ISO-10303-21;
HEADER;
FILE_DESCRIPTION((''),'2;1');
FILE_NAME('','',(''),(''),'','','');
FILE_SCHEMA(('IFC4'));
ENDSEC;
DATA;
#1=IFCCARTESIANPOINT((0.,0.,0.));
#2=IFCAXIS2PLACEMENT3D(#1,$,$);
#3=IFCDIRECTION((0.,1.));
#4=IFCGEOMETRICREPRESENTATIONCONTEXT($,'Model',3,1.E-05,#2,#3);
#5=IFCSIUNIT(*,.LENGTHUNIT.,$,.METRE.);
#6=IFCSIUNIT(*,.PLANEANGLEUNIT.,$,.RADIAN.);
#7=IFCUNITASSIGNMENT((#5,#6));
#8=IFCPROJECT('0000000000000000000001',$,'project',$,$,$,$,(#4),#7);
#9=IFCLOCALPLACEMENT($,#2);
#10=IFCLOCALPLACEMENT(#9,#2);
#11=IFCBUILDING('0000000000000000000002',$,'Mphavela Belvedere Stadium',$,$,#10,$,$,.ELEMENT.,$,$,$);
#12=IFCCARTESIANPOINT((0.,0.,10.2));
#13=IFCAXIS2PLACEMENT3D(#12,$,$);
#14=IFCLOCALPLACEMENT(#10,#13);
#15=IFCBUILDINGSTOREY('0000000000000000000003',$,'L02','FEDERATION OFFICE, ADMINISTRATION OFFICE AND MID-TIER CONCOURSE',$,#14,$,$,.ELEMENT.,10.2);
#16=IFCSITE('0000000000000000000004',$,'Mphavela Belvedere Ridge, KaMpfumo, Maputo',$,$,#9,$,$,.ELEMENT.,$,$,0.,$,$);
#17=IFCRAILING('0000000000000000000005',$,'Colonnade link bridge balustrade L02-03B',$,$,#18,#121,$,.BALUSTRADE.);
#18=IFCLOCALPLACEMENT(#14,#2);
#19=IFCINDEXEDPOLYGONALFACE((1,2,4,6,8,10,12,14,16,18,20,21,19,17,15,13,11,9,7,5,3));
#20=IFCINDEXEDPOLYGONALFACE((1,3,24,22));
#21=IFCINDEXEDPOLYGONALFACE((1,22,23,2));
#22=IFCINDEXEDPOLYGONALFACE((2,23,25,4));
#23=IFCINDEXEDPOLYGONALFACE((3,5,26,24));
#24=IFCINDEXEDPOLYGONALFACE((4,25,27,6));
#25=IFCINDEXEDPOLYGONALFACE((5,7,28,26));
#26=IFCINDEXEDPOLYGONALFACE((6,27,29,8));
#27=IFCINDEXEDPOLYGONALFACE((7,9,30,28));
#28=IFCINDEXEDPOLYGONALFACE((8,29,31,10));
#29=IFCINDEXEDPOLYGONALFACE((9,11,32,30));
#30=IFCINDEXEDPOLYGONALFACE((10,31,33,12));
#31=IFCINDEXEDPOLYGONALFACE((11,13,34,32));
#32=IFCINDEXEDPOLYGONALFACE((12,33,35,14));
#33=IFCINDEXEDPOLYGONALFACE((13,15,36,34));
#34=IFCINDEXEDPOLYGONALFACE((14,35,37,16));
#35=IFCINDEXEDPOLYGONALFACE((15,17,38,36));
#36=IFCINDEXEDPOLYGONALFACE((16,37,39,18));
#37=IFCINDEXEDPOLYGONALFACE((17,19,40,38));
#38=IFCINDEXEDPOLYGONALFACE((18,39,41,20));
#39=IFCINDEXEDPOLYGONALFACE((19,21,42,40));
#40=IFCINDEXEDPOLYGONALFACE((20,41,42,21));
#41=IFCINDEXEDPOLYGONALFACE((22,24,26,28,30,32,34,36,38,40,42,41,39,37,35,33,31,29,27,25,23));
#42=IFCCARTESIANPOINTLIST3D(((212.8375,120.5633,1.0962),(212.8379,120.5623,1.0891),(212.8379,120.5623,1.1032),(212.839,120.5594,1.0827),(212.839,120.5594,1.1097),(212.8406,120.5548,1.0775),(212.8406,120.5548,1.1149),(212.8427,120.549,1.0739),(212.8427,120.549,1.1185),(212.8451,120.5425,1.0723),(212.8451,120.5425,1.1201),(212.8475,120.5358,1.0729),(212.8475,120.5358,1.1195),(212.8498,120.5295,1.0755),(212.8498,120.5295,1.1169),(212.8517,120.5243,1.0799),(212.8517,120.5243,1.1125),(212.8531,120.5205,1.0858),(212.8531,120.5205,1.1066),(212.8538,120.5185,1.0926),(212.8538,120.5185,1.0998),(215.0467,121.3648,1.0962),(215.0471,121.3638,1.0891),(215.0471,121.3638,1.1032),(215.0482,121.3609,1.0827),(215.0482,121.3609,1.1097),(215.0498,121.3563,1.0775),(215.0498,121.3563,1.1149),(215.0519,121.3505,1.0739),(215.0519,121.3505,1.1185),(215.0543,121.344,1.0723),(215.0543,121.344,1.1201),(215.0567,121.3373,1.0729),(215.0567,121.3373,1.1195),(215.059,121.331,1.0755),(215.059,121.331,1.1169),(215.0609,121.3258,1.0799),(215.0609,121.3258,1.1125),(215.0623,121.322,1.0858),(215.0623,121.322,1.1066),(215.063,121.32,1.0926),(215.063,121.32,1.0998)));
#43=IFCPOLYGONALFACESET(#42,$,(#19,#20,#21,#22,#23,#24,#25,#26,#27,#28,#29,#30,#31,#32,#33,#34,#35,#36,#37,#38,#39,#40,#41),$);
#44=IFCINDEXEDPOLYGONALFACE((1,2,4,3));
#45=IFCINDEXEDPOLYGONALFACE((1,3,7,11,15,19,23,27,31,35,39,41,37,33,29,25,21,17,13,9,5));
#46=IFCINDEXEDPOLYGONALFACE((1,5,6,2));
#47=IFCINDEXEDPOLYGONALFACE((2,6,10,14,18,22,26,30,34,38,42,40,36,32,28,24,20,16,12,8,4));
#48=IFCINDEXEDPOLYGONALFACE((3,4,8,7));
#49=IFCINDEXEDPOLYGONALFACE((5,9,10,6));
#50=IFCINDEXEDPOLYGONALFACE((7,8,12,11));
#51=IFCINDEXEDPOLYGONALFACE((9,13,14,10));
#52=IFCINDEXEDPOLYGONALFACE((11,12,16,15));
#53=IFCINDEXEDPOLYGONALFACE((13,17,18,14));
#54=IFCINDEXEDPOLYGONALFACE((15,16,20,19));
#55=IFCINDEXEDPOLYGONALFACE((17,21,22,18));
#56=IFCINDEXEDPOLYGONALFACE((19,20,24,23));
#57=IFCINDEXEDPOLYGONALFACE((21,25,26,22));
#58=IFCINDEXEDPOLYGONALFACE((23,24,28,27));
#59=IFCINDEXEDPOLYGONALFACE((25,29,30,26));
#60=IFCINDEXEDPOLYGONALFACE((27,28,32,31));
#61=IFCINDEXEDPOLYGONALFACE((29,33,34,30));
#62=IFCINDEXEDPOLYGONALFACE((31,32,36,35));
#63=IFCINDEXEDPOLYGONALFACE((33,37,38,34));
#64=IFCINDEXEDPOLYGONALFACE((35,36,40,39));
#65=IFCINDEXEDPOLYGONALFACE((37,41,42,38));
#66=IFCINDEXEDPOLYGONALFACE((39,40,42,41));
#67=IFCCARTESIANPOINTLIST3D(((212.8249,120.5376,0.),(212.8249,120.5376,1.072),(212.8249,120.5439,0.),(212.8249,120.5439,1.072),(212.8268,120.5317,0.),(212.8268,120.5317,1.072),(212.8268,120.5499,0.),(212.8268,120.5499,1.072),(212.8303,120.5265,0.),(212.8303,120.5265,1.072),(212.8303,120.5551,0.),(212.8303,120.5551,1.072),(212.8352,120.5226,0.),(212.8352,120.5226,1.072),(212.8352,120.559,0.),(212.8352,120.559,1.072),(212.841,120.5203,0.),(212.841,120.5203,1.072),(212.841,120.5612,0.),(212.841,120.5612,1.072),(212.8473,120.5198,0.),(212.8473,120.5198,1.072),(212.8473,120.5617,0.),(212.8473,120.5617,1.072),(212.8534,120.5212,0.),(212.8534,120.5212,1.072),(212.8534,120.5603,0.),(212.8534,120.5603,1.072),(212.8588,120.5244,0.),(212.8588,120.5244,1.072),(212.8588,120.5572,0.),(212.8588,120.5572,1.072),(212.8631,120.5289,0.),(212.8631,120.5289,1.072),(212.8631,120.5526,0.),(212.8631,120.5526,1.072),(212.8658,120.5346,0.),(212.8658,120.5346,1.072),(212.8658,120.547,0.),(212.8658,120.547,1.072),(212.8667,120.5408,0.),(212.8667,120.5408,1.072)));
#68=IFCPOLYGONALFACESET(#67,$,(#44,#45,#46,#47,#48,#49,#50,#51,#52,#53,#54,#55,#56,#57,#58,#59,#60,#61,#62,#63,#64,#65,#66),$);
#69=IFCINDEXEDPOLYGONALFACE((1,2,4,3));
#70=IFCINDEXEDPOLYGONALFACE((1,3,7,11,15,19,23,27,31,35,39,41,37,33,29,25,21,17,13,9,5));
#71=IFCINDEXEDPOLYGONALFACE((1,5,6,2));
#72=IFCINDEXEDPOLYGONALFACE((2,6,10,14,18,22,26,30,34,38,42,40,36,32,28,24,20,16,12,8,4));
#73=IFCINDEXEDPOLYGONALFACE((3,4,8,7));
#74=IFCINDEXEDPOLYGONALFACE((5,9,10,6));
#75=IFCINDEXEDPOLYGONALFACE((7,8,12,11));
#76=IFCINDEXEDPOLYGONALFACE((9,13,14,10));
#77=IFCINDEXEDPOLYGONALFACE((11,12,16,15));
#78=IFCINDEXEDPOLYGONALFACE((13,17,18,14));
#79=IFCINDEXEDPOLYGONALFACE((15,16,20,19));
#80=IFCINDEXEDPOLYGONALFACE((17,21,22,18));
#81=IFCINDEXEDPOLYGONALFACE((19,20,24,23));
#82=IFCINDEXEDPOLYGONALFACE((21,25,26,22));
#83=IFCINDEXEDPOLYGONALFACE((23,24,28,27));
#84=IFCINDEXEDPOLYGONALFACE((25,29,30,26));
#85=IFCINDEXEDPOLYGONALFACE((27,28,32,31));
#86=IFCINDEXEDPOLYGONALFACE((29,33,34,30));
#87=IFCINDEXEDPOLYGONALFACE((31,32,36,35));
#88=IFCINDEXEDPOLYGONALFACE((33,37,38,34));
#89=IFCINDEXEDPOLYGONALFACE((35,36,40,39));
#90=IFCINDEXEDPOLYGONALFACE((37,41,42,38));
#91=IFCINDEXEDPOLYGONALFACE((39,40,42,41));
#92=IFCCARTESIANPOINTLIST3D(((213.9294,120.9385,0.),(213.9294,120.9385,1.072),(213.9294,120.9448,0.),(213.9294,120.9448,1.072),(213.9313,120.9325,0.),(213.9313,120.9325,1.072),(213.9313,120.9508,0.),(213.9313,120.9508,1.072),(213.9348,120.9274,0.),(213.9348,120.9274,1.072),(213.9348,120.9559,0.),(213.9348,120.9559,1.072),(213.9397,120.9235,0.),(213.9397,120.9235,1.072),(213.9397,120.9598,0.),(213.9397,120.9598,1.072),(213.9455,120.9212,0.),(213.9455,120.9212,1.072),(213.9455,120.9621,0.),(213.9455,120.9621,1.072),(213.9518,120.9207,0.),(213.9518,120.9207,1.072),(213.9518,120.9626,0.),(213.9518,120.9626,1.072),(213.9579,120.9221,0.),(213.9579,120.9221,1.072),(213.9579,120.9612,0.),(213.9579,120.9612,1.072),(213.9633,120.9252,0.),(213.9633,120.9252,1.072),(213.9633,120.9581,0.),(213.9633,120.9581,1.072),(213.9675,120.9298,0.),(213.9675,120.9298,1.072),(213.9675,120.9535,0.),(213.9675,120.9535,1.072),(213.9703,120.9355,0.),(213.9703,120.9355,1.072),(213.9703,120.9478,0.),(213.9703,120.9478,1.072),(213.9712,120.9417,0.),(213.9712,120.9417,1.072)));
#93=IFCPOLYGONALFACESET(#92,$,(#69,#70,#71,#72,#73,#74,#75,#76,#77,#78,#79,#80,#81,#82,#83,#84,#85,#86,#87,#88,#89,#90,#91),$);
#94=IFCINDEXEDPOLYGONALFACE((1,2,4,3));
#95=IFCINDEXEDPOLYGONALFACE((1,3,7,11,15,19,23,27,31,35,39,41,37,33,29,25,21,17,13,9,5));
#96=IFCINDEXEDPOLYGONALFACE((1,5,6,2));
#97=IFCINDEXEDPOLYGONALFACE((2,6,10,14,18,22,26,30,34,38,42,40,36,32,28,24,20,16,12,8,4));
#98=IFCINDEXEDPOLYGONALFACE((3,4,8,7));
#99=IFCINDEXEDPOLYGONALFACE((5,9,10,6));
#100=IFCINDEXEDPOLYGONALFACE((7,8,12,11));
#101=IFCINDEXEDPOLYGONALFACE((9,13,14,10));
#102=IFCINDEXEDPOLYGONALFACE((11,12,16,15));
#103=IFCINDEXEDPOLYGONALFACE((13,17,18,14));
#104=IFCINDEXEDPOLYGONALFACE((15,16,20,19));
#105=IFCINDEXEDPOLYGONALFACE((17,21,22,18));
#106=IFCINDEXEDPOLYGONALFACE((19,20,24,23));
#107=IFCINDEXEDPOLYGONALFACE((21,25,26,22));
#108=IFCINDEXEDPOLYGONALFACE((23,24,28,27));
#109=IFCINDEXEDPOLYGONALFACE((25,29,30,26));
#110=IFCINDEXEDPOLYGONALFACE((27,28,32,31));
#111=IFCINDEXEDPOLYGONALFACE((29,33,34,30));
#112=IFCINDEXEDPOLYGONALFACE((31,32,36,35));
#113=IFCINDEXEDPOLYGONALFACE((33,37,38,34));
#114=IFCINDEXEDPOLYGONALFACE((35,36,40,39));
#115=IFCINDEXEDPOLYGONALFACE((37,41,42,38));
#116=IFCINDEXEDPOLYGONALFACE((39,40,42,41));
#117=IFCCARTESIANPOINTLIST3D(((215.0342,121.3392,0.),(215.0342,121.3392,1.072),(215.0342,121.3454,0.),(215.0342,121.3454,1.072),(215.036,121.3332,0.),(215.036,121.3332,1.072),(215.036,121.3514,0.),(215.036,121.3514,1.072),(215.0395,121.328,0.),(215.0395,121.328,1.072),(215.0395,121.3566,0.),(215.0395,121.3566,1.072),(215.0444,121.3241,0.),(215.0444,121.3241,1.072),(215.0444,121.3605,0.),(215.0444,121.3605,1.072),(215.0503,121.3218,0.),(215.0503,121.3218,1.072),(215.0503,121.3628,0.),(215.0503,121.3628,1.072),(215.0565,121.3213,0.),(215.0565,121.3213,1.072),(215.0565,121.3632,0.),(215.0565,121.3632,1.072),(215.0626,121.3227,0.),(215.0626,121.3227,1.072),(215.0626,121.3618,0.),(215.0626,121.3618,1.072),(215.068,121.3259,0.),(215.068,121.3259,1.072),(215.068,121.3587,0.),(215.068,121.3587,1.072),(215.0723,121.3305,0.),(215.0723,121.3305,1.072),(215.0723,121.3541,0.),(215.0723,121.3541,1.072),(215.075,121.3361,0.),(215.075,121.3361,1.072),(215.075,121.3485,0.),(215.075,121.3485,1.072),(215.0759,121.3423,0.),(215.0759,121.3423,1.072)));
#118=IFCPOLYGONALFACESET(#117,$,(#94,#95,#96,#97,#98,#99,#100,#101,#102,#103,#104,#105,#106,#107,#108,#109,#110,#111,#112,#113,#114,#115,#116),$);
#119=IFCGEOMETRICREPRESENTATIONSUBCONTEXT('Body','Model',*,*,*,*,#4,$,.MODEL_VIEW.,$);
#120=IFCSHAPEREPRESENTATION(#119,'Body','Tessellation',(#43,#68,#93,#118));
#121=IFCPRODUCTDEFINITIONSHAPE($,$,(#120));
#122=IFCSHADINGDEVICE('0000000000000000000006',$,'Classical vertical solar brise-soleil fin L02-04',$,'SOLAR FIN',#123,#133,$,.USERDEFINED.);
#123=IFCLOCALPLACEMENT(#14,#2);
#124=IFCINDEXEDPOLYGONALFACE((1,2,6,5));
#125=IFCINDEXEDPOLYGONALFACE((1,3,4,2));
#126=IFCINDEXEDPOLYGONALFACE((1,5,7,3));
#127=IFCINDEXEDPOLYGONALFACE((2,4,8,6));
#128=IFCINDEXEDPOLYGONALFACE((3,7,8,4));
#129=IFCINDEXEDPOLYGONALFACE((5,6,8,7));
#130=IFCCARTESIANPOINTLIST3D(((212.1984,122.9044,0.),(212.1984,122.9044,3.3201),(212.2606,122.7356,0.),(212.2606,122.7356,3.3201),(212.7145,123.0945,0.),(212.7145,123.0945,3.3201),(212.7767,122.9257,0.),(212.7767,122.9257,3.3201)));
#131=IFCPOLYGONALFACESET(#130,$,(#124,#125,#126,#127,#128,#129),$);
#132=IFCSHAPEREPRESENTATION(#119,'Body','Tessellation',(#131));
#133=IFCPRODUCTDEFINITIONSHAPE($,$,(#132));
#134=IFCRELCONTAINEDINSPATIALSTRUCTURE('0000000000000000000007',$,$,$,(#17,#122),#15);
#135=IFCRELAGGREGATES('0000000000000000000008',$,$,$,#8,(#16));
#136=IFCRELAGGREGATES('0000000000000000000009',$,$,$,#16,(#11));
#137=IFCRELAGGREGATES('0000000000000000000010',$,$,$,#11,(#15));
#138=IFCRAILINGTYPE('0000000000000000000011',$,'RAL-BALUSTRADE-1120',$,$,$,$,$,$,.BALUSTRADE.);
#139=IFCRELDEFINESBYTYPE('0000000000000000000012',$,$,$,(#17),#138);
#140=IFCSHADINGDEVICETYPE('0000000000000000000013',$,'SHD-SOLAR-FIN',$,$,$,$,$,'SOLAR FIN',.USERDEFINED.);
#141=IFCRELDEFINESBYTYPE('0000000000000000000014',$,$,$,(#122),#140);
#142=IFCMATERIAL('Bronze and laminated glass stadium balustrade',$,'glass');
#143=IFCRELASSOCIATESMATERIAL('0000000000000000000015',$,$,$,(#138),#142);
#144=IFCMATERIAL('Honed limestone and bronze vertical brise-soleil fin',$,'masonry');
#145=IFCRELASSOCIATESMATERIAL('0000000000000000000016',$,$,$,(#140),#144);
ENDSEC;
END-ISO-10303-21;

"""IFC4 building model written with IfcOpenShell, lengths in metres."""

from ifc_helpers import new_model, si_unit, direction, frame, origin, origin_2d, place, context, subcontext, project, spatial, rectangle, circle, extrude, material, type_object, element, save


model = new_model("IFC4")

# Units and contexts
model_context = context("Model", 3, precision=1e-05, world=origin(), true_north=direction((0.0, 1.0)))
body_context = subcontext(model_context, "Body", "Model", "MODEL_VIEW")
ifc_project = project(units=[si_unit("LENGTHUNIT", "METRE"), si_unit("PLANEANGLEUNIT", "RADIAN")], contexts=[model_context])

# Site, building, storey
site_placement = place(None, origin())
site = spatial("IfcSite", under=ifc_project, at=site_placement, Name="Mphavela Belvedere Ridge, KaMpfumo, Maputo", CompositionType="ELEMENT", RefElevation=0.0)
building_placement = place(site_placement, origin())
building = spatial("IfcBuilding", under=site, at=building_placement, Name="Mphavela Belvedere Stadium", CompositionType="ELEMENT")
storey_placement = place(building_placement, frame((0.0, 0.0, 10.2)))
storey = spatial("IfcBuildingStorey", under=building, at=storey_placement, Name="L02", Description="FEDERATION OFFICE, ADMINISTRATION OFFICE AND MID-TIER CONCOURSE", CompositionType="ELEMENT", Elevation=10.2)

# Railing
ifc_material_1 = material(Name="Bronze and laminated glass stadium balustrade", Category="glass")
railing_type = type_object("IfcRailingType", Name="RAL-BALUSTRADE-1120", PredefinedType="BALUSTRADE", material=ifc_material_1)
railing_1_placement = place(storey_placement, frame((212.8457, 120.5408, 0.0)))
element("IfcRailing", 1, at=railing_1_placement, inside=storey, type_object=railing_type, Name="Colonnade link bridge balustrade L02-03B", PredefinedType="BALUSTRADE", context=body_context, shape_type="SweptSolid", body=[
    extrude(circle(Radius=0.0239, at=origin_2d()), frame((0.0, 0.0, 1.0962), z_axis=(0.940045, 0.341051, 0.0), x_axis=(-0.341051, 0.940045, 0.0)), (0.0, 0.0, 1.0), 2.3501),
    extrude(circle(Radius=0.021, at=origin_2d()), origin(), (0.0, 0.0, 1.0), 1.072),
    extrude(circle(Radius=0.021, at=origin_2d()), frame((1.1045, 0.4009, 0.0)), (0.0, 0.0, 1.0), 1.072),
    extrude(circle(Radius=0.021, at=origin_2d()), frame((2.2092, 0.8015, 0.0)), (0.0, 0.0, 1.0), 1.072),
])

# Shading device
ifc_material_2 = material(Name="Honed limestone and bronze vertical brise-soleil fin", Category="masonry")
shading_device_type = type_object("IfcShadingDeviceType", Name="SHD-SOLAR-FIN", ElementType="SOLAR FIN", PredefinedType="USERDEFINED", material=ifc_material_2)
shading_device_placement = place(storey_placement, frame((212.4875, 122.915, 0.0), z_axis=(0.0, 0.0, 1.0), x_axis=(0.938372, 0.345626, 0.0)))
element("IfcShadingDevice", 2, at=shading_device_placement, inside=storey, type_object=shading_device_type, Name="Classical vertical solar brise-soleil fin L02-04", ObjectType="SOLAR FIN", PredefinedType="USERDEFINED", context=body_context, shape_type="SweptSolid", body=[
    extrude(rectangle(XDim=0.55, YDim=0.1799, at=origin_2d()), origin(), (0.0, 0.0, 1.0), 3.3201),
])

save(model, "model.ifc")
